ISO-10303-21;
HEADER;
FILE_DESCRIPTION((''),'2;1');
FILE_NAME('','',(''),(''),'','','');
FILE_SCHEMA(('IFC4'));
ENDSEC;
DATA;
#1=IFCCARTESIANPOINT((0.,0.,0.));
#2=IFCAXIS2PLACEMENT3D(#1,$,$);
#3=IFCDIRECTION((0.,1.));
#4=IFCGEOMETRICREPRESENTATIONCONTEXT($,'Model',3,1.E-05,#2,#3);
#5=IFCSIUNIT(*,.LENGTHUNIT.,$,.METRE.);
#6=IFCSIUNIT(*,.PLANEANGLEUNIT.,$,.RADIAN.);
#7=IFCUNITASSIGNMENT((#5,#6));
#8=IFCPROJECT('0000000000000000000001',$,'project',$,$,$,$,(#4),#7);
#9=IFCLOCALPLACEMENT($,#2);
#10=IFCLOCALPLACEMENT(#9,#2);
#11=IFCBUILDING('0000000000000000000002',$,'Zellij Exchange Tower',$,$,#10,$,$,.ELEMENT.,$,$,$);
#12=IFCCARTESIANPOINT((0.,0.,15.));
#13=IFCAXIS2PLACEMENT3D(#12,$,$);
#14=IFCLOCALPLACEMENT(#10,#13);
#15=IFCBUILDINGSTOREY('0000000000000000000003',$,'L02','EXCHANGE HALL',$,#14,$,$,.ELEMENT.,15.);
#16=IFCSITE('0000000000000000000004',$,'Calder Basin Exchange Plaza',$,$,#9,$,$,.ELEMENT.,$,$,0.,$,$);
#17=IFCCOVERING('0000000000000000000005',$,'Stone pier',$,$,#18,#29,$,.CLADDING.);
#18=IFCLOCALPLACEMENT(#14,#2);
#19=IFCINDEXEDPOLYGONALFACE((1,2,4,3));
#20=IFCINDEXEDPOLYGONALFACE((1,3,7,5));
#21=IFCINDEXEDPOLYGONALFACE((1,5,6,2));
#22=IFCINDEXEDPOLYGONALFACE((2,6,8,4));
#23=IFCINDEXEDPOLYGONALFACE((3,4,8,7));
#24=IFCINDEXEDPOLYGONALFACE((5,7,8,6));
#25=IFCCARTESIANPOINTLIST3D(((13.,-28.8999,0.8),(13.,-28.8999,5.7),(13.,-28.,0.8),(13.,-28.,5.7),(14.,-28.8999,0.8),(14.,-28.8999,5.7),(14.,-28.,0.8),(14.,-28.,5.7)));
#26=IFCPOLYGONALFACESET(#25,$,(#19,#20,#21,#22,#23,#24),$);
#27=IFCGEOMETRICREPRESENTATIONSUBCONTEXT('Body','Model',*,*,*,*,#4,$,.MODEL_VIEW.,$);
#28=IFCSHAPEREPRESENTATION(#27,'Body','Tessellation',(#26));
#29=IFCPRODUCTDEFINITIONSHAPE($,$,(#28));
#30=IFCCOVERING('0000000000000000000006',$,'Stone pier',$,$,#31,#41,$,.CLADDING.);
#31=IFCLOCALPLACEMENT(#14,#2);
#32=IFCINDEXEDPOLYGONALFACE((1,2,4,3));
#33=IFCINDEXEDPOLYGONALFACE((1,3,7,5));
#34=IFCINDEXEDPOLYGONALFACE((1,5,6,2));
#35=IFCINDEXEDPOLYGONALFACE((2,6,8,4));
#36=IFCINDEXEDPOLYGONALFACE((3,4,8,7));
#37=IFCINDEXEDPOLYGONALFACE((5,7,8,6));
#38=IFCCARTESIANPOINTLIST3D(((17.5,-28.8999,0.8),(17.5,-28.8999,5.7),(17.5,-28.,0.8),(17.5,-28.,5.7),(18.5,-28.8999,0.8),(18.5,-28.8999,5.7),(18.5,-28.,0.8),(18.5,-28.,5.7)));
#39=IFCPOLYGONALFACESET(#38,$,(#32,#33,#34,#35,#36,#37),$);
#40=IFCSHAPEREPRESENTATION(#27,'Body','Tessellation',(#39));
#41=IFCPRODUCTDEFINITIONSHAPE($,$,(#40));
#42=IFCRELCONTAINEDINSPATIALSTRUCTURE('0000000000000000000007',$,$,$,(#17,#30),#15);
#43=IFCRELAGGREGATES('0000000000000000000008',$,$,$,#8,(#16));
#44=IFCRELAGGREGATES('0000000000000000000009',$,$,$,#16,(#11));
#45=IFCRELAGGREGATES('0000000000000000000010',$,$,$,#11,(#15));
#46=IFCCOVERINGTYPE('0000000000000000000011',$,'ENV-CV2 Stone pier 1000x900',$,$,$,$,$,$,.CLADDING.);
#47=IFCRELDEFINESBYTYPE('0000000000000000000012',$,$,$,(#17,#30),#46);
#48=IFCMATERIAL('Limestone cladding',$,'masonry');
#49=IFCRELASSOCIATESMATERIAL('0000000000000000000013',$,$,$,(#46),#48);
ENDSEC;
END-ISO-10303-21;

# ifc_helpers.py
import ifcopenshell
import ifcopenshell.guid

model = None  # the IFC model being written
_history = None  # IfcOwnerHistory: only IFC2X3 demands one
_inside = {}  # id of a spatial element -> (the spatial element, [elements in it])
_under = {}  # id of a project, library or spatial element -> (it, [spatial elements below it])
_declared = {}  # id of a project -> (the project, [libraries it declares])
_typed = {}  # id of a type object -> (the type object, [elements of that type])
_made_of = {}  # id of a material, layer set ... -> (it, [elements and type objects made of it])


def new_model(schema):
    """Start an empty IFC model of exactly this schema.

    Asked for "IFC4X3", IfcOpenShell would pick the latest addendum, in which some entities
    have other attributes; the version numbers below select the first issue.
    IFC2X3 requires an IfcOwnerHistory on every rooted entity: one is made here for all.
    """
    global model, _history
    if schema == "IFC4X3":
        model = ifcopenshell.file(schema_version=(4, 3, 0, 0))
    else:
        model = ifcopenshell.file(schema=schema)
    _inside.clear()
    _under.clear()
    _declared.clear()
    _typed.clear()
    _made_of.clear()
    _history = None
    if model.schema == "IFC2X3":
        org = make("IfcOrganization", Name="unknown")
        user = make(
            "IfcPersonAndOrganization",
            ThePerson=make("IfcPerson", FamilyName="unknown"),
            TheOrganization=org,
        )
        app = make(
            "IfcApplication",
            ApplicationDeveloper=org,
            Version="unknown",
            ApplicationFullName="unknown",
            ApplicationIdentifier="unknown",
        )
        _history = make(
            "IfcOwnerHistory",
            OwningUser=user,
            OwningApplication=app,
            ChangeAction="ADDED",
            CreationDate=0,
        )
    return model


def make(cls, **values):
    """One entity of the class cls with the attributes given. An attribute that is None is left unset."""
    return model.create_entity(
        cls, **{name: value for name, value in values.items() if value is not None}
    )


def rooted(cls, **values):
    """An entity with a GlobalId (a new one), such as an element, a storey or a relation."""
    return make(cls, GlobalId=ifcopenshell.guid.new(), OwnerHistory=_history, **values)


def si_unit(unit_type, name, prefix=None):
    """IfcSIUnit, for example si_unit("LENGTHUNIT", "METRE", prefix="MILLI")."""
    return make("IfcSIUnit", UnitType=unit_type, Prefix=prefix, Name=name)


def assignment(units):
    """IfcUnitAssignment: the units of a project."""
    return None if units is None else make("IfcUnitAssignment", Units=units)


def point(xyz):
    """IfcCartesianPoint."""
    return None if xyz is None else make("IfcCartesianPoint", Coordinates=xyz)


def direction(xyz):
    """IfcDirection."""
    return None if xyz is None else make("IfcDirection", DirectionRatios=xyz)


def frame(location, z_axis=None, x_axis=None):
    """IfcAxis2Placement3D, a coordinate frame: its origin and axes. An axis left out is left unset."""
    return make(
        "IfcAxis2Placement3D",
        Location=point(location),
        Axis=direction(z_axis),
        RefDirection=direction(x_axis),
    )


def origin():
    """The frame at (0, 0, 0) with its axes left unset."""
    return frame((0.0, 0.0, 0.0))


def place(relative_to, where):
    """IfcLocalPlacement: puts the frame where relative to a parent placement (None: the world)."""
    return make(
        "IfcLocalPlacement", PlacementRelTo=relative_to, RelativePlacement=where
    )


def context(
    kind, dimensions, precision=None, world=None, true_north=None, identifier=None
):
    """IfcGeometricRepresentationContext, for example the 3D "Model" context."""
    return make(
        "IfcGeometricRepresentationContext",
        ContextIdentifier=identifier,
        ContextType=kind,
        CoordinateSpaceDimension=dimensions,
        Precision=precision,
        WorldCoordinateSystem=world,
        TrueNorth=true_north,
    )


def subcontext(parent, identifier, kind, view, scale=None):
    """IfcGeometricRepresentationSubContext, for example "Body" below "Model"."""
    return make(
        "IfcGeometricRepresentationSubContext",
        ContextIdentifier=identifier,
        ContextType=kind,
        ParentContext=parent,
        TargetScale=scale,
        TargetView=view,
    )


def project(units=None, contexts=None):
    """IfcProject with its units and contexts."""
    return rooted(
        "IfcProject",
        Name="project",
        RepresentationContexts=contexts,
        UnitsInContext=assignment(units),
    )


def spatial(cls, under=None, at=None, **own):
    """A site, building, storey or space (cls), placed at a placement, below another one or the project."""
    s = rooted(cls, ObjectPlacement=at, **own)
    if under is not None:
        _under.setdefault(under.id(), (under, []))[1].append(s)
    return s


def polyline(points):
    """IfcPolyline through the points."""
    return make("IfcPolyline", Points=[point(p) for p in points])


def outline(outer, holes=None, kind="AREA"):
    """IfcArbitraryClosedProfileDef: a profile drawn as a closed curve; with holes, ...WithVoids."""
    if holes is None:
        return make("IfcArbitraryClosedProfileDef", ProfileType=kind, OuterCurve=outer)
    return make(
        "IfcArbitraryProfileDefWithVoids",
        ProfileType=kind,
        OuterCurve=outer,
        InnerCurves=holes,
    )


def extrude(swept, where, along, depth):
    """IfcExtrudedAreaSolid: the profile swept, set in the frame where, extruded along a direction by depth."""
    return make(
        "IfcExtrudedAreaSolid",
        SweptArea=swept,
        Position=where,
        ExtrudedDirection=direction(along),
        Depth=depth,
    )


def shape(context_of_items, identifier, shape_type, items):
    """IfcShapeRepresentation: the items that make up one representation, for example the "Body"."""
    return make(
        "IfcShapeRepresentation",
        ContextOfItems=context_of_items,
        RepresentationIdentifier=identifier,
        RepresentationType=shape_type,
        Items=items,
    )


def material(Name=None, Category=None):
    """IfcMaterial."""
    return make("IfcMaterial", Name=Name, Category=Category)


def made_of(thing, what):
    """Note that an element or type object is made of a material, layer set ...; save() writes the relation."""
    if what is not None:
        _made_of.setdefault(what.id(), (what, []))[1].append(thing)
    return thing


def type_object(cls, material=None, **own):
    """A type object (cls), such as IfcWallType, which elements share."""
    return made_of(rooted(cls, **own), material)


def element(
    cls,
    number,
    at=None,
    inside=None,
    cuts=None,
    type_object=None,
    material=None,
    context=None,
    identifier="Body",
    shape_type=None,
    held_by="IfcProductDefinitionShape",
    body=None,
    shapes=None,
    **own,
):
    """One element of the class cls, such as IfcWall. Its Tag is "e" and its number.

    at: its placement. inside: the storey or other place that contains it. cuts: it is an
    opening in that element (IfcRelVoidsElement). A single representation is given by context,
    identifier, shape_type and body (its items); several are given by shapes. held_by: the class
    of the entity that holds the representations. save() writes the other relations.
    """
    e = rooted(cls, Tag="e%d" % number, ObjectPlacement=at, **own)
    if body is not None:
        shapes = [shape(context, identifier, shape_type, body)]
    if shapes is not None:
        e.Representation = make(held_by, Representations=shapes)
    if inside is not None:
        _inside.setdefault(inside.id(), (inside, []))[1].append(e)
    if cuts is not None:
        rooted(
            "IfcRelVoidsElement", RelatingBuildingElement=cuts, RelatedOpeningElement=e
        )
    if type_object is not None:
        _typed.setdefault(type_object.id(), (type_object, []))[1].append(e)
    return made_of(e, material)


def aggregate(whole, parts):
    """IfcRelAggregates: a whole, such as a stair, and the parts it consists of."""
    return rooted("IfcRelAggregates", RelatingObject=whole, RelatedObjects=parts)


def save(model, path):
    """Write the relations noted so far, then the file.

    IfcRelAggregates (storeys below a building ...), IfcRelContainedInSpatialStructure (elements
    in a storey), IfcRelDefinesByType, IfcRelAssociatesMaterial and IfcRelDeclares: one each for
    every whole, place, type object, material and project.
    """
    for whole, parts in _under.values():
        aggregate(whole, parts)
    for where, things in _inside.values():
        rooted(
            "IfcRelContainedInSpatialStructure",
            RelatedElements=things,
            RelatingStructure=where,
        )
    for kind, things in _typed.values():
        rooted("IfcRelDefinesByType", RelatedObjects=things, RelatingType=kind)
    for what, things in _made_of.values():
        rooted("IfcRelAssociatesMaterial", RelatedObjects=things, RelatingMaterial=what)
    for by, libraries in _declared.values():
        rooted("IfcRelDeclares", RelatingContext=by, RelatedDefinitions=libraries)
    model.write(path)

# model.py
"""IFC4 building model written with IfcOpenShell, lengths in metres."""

from ifc_helpers import new_model, si_unit, direction, frame, origin, place, context, subcontext, project, spatial, polyline, outline, extrude, material, type_object, element, save


model = new_model("IFC4")

# Units and contexts
model_context = context("Model", 3, precision=1e-05, world=origin(), true_north=direction((0.0, 1.0)))
body_context = subcontext(model_context, "Body", "Model", "MODEL_VIEW")
ifc_project = project(units=[si_unit("LENGTHUNIT", "METRE"), si_unit("PLANEANGLEUNIT", "RADIAN")], contexts=[model_context])

# Site, building, storey
site_placement = place(None, origin())
site = spatial("IfcSite", under=ifc_project, at=site_placement, Name="Calder Basin Exchange Plaza", CompositionType="ELEMENT", RefElevation=0.0)
building_placement = place(site_placement, origin())
building = spatial("IfcBuilding", under=site, at=building_placement, Name="Zellij Exchange Tower", CompositionType="ELEMENT")
storey_placement = place(building_placement, frame((0.0, 0.0, 15.0)))
storey = spatial("IfcBuildingStorey", under=building, at=storey_placement, Name="L02", Description="EXCHANGE HALL", CompositionType="ELEMENT", Elevation=15.0)

# Coverings
ifc_material_1 = material(Name="Limestone cladding", Category="masonry")
covering_type = type_object("IfcCoveringType", Name="ENV-CV2 Stone pier 1000x900", PredefinedType="CLADDING", material=ifc_material_1)
covering_1_placement = place(storey_placement, frame((0.0, 0.0, 0.8)))
element("IfcCovering", 1, at=covering_1_placement, inside=storey, type_object=covering_type, Name="Stone pier", PredefinedType="CLADDING", context=body_context, shape_type="SweptSolid", body=[
    extrude(outline(polyline([(13.0, -28.0), (14.0, -28.0), (14.0, -28.8999), (13.0, -28.8999), (13.0, -28.0)])), origin(), (0.0, 0.0, 1.0), 4.8999),
])
covering_2_placement = place(storey_placement, frame((0.0, 0.0, 0.8)))
element("IfcCovering", 2, at=covering_2_placement, inside=storey, type_object=covering_type, Name="Stone pier", PredefinedType="CLADDING", context=body_context, shape_type="SweptSolid", body=[
    extrude(outline(polyline([(17.5, -28.0), (18.5, -28.0), (18.5, -28.8999), (17.5, -28.8999), (17.5, -28.0)])), origin(), (0.0, 0.0, 1.0), 4.8999),
])

save(model, "model.ifc")
